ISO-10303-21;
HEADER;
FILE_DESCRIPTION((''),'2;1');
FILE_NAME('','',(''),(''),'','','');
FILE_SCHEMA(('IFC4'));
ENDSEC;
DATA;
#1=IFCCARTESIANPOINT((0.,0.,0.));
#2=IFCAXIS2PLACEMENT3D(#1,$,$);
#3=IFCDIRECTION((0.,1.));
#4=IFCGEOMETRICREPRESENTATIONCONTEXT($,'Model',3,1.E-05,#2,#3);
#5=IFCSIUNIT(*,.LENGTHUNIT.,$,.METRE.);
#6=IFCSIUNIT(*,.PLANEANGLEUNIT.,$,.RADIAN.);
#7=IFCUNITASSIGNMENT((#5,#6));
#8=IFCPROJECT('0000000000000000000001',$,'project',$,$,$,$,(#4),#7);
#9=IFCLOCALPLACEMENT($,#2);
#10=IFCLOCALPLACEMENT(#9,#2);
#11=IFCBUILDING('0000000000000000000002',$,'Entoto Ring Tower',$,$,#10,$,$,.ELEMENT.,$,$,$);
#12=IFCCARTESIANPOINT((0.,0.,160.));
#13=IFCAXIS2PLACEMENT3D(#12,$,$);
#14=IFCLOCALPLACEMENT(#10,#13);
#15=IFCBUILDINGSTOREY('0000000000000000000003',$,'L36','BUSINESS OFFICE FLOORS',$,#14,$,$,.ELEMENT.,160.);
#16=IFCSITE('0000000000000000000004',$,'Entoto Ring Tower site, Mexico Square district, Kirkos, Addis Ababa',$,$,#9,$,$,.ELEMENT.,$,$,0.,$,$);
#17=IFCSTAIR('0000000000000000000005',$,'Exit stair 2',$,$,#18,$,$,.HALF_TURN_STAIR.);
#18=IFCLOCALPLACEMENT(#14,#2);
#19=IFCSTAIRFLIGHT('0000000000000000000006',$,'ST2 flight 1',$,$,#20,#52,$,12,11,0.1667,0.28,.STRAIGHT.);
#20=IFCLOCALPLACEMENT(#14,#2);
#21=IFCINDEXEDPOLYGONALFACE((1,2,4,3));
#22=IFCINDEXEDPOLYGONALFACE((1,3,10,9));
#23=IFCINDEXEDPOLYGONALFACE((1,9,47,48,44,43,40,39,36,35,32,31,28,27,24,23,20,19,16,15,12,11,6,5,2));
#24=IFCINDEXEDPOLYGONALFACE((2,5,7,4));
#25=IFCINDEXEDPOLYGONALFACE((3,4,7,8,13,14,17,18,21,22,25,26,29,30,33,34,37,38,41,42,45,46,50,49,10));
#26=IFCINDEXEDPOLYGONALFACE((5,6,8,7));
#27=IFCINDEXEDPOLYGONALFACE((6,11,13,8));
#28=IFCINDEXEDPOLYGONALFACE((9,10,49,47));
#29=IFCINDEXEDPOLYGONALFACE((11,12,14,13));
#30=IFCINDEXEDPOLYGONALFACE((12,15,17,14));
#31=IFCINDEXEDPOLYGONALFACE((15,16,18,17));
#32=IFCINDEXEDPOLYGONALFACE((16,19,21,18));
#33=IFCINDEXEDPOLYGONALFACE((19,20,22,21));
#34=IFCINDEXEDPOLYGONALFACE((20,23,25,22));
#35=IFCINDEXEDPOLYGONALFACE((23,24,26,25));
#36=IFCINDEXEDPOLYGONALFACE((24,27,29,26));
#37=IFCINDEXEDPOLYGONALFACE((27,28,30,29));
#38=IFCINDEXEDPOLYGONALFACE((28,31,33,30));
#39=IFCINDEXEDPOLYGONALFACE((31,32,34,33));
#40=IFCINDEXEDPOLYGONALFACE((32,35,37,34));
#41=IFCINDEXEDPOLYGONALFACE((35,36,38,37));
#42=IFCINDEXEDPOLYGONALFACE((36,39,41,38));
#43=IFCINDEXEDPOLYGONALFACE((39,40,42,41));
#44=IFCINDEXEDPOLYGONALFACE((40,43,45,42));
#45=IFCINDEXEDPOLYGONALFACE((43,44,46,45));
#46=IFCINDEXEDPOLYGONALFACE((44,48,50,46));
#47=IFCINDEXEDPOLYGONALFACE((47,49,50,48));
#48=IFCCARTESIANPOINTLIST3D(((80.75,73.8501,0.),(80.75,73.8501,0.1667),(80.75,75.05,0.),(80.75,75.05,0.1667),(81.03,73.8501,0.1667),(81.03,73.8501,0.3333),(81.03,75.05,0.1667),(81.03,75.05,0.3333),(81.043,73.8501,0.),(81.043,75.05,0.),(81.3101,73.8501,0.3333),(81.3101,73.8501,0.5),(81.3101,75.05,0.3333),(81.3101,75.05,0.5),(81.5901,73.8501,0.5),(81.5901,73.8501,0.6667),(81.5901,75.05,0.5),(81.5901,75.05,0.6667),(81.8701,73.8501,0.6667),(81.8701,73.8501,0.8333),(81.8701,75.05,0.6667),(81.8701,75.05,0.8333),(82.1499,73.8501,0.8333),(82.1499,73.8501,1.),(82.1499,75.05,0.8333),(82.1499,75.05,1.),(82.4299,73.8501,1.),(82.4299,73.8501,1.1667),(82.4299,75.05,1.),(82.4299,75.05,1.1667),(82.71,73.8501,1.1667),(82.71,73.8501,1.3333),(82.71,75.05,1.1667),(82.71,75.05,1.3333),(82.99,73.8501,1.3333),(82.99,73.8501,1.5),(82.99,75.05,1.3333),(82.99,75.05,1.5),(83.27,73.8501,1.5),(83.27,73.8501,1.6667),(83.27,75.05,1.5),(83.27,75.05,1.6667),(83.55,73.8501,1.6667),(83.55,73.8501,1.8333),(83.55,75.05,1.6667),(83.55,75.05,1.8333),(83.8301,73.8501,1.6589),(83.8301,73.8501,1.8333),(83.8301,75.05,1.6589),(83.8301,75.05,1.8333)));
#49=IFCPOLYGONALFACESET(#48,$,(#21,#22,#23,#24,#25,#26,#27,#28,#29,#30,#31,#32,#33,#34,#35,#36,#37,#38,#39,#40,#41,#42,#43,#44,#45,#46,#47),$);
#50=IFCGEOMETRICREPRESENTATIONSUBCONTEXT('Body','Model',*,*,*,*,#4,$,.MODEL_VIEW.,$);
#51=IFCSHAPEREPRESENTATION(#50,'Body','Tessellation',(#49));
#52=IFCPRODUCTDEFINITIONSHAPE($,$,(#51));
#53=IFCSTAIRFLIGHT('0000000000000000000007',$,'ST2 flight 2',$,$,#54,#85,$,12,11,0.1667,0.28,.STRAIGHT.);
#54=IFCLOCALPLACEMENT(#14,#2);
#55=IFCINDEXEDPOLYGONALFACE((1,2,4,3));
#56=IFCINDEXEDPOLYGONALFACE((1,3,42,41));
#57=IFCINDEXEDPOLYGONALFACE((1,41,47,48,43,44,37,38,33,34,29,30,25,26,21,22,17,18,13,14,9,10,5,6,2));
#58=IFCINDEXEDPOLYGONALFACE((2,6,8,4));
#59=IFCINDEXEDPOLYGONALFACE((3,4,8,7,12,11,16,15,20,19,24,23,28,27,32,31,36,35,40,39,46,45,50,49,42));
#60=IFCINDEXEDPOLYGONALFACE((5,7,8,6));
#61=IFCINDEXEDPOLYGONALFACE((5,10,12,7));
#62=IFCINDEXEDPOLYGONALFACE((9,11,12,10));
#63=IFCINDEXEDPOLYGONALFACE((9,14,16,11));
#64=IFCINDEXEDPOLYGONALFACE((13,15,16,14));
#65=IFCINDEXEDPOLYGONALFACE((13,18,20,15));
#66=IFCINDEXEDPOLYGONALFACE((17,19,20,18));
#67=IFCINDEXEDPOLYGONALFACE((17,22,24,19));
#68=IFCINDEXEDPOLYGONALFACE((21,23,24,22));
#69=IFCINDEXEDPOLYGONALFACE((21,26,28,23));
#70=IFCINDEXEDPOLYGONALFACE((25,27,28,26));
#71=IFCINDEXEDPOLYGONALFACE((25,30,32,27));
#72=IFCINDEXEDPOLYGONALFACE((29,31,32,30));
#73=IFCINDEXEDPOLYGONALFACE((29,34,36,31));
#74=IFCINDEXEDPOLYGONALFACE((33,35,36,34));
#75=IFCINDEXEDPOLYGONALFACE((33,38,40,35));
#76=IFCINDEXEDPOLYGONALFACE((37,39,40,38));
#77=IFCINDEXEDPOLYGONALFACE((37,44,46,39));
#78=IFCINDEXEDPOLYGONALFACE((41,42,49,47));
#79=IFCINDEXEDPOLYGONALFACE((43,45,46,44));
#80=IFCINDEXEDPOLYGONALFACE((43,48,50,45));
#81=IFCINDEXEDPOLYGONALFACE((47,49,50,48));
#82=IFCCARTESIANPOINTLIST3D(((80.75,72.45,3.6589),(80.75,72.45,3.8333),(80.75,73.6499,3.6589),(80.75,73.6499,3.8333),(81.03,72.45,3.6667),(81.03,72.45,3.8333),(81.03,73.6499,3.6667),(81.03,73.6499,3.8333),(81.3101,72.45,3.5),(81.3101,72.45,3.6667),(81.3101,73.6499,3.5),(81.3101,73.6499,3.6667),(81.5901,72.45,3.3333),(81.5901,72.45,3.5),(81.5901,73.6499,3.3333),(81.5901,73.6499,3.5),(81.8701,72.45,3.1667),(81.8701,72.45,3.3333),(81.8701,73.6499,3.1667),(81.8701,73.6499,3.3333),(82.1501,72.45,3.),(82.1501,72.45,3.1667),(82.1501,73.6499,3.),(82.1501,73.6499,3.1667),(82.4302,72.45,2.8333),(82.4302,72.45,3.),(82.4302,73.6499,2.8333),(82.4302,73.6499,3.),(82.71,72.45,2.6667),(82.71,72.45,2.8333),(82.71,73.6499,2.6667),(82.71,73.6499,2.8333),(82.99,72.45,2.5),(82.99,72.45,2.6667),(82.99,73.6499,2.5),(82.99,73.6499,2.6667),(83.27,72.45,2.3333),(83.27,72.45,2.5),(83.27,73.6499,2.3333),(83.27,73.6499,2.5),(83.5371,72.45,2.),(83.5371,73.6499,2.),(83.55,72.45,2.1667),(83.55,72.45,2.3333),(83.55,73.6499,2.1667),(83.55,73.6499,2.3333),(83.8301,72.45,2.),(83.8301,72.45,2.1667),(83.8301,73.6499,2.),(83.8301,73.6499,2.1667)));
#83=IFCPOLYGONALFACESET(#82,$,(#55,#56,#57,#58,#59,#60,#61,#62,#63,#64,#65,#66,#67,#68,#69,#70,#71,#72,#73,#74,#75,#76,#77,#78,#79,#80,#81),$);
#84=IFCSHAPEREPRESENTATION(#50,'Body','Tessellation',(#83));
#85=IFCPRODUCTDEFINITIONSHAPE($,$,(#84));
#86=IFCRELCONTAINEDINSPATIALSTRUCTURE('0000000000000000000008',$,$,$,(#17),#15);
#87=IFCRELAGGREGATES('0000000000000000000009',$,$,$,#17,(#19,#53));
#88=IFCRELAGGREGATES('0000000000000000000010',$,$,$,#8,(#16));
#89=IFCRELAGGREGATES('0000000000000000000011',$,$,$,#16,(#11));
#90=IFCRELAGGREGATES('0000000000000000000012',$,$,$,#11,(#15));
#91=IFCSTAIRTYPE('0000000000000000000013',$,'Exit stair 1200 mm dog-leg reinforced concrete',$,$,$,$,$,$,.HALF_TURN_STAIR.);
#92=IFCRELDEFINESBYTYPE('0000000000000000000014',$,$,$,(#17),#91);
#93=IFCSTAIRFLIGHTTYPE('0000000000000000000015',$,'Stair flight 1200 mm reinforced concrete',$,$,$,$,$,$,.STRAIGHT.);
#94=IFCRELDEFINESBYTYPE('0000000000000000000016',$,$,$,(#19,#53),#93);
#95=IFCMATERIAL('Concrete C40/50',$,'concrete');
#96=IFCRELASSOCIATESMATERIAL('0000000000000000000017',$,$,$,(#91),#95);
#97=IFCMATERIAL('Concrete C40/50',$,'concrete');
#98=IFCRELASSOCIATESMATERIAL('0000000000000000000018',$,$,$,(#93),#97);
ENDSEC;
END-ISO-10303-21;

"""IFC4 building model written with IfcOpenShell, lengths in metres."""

from ifc_helpers import new_model, si_unit, direction, frame, origin, place, context, subcontext, project, spatial, polyline, outline, extrude, material, type_object, element, aggregate, save


model = new_model("IFC4")

# Units and contexts
model_context = context("Model", 3, precision=1e-05, world=origin(), true_north=direction((0.0, 1.0)))
body_context = subcontext(model_context, "Body", "Model", "MODEL_VIEW")
ifc_project = project(units=[si_unit("LENGTHUNIT", "METRE"), si_unit("PLANEANGLEUNIT", "RADIAN")], contexts=[model_context])

# Site, building, storey
site_placement = place(None, origin())
site = spatial("IfcSite", under=ifc_project, at=site_placement, Name="Entoto Ring Tower site, Mexico Square district, Kirkos, Addis Ababa", CompositionType="ELEMENT", RefElevation=0.0)
building_placement = place(site_placement, origin())
building = spatial("IfcBuilding", under=site, at=building_placement, Name="Entoto Ring Tower", CompositionType="ELEMENT")
storey_placement = place(building_placement, frame((0.0, 0.0, 160.0)))
storey = spatial("IfcBuildingStorey", under=building, at=storey_placement, Name="L36", Description="BUSINESS OFFICE FLOORS", CompositionType="ELEMENT", Elevation=160.0)

# Stair, stair flights
ifc_material_1 = material(Name="Concrete C40/50", Category="concrete")
stair_type = type_object("IfcStairType", Name="Exit stair 1200 mm dog-leg reinforced concrete", PredefinedType="HALF_TURN_STAIR", material=ifc_material_1)
stair_placement = place(storey_placement, origin())
stair = element("IfcStair", 1, at=stair_placement, inside=storey, type_object=stair_type, Name="Exit stair 2", PredefinedType="HALF_TURN_STAIR")
ifc_material_2 = material(Name="Concrete C40/50", Category="concrete")
stair_flight_type = type_object("IfcStairFlightType", Name="Stair flight 1200 mm reinforced concrete", PredefinedType="STRAIGHT", material=ifc_material_2)
stair_flight_1_placement = place(storey_placement, frame((80.75, 74.45, 0.0), z_axis=(0.0, 0.0, 1.0), x_axis=(1.0, 0.0, 0.0)))
stair_flight_1 = element("IfcStairFlight", 2, at=stair_flight_1_placement, type_object=stair_flight_type, Name="ST2 flight 1", NumberOfRisers=12, NumberOfTreads=11, PredefinedType="STRAIGHT", RiserHeight=0.1667, TreadLength=0.28, context=body_context, shape_type="SweptSolid", body=[
    extrude(outline(polyline([(0.0, 0.0), (0.0, 0.1667), (0.28, 0.1667), (0.28, 0.3333), (0.5601, 0.3333), (0.5601, 0.5), (0.8401, 0.5), (0.8401, 0.6667), (1.1201, 0.6667), (1.1201, 0.8333), (1.3999, 0.8333), (1.3999, 1.0), (1.6799, 1.0), (1.6799, 1.1667), (1.96, 1.1667), (1.96, 1.3333), (2.24, 1.3333), (2.24, 1.5), (2.52, 1.5), (2.52, 1.6667), (2.8, 1.6667), (2.8, 1.8333), (3.0801, 1.8333), (3.0801, 2.0), (3.0801, 1.6589), (0.293, 0.0), (0.0, 0.0)])), frame((0.0, 0.6001, 0.0), z_axis=(0.0, -1.0, 0.0), x_axis=(1.0, 0.0, 0.0)), (0.0, 0.0, 1.0), 1.2),
])
stair_flight_2_placement = place(storey_placement, frame((83.8301, 73.05, 2.0), z_axis=(0.0, 0.0, 1.0), x_axis=(-1.0, 0.0, 0.0)))
stair_flight_2 = element("IfcStairFlight", 3, at=stair_flight_2_placement, type_object=stair_flight_type, Name="ST2 flight 2", NumberOfRisers=12, NumberOfTreads=11, PredefinedType="STRAIGHT", RiserHeight=0.1667, TreadLength=0.28, context=body_context, shape_type="SweptSolid", body=[
    extrude(outline(polyline([(0.0, 0.0), (0.0, 0.1667), (0.28, 0.1667), (0.28, 0.3333), (0.5601, 0.3333), (0.5601, 0.5), (0.8401, 0.5), (0.8401, 0.6667), (1.1201, 0.6667), (1.1201, 0.8333), (1.3999, 0.8333), (1.3999, 1.0), (1.6799, 1.0), (1.6799, 1.1667), (1.96, 1.1667), (1.96, 1.3333), (2.24, 1.3333), (2.24, 1.5), (2.52, 1.5), (2.52, 1.6667), (2.8, 1.6667), (2.8, 1.8333), (3.0801, 1.8333), (3.0801, 2.0), (3.0801, 1.6589), (0.293, 0.0), (0.0, 0.0)])), frame((0.0, 0.6001, 0.0), z_axis=(0.0, -1.0, 0.0), x_axis=(1.0, 0.0, 0.0)), (0.0, 0.0, 1.0), 1.2),
])
aggregate(stair, [stair_flight_1, stair_flight_2])

save(model, "model.ifc")
